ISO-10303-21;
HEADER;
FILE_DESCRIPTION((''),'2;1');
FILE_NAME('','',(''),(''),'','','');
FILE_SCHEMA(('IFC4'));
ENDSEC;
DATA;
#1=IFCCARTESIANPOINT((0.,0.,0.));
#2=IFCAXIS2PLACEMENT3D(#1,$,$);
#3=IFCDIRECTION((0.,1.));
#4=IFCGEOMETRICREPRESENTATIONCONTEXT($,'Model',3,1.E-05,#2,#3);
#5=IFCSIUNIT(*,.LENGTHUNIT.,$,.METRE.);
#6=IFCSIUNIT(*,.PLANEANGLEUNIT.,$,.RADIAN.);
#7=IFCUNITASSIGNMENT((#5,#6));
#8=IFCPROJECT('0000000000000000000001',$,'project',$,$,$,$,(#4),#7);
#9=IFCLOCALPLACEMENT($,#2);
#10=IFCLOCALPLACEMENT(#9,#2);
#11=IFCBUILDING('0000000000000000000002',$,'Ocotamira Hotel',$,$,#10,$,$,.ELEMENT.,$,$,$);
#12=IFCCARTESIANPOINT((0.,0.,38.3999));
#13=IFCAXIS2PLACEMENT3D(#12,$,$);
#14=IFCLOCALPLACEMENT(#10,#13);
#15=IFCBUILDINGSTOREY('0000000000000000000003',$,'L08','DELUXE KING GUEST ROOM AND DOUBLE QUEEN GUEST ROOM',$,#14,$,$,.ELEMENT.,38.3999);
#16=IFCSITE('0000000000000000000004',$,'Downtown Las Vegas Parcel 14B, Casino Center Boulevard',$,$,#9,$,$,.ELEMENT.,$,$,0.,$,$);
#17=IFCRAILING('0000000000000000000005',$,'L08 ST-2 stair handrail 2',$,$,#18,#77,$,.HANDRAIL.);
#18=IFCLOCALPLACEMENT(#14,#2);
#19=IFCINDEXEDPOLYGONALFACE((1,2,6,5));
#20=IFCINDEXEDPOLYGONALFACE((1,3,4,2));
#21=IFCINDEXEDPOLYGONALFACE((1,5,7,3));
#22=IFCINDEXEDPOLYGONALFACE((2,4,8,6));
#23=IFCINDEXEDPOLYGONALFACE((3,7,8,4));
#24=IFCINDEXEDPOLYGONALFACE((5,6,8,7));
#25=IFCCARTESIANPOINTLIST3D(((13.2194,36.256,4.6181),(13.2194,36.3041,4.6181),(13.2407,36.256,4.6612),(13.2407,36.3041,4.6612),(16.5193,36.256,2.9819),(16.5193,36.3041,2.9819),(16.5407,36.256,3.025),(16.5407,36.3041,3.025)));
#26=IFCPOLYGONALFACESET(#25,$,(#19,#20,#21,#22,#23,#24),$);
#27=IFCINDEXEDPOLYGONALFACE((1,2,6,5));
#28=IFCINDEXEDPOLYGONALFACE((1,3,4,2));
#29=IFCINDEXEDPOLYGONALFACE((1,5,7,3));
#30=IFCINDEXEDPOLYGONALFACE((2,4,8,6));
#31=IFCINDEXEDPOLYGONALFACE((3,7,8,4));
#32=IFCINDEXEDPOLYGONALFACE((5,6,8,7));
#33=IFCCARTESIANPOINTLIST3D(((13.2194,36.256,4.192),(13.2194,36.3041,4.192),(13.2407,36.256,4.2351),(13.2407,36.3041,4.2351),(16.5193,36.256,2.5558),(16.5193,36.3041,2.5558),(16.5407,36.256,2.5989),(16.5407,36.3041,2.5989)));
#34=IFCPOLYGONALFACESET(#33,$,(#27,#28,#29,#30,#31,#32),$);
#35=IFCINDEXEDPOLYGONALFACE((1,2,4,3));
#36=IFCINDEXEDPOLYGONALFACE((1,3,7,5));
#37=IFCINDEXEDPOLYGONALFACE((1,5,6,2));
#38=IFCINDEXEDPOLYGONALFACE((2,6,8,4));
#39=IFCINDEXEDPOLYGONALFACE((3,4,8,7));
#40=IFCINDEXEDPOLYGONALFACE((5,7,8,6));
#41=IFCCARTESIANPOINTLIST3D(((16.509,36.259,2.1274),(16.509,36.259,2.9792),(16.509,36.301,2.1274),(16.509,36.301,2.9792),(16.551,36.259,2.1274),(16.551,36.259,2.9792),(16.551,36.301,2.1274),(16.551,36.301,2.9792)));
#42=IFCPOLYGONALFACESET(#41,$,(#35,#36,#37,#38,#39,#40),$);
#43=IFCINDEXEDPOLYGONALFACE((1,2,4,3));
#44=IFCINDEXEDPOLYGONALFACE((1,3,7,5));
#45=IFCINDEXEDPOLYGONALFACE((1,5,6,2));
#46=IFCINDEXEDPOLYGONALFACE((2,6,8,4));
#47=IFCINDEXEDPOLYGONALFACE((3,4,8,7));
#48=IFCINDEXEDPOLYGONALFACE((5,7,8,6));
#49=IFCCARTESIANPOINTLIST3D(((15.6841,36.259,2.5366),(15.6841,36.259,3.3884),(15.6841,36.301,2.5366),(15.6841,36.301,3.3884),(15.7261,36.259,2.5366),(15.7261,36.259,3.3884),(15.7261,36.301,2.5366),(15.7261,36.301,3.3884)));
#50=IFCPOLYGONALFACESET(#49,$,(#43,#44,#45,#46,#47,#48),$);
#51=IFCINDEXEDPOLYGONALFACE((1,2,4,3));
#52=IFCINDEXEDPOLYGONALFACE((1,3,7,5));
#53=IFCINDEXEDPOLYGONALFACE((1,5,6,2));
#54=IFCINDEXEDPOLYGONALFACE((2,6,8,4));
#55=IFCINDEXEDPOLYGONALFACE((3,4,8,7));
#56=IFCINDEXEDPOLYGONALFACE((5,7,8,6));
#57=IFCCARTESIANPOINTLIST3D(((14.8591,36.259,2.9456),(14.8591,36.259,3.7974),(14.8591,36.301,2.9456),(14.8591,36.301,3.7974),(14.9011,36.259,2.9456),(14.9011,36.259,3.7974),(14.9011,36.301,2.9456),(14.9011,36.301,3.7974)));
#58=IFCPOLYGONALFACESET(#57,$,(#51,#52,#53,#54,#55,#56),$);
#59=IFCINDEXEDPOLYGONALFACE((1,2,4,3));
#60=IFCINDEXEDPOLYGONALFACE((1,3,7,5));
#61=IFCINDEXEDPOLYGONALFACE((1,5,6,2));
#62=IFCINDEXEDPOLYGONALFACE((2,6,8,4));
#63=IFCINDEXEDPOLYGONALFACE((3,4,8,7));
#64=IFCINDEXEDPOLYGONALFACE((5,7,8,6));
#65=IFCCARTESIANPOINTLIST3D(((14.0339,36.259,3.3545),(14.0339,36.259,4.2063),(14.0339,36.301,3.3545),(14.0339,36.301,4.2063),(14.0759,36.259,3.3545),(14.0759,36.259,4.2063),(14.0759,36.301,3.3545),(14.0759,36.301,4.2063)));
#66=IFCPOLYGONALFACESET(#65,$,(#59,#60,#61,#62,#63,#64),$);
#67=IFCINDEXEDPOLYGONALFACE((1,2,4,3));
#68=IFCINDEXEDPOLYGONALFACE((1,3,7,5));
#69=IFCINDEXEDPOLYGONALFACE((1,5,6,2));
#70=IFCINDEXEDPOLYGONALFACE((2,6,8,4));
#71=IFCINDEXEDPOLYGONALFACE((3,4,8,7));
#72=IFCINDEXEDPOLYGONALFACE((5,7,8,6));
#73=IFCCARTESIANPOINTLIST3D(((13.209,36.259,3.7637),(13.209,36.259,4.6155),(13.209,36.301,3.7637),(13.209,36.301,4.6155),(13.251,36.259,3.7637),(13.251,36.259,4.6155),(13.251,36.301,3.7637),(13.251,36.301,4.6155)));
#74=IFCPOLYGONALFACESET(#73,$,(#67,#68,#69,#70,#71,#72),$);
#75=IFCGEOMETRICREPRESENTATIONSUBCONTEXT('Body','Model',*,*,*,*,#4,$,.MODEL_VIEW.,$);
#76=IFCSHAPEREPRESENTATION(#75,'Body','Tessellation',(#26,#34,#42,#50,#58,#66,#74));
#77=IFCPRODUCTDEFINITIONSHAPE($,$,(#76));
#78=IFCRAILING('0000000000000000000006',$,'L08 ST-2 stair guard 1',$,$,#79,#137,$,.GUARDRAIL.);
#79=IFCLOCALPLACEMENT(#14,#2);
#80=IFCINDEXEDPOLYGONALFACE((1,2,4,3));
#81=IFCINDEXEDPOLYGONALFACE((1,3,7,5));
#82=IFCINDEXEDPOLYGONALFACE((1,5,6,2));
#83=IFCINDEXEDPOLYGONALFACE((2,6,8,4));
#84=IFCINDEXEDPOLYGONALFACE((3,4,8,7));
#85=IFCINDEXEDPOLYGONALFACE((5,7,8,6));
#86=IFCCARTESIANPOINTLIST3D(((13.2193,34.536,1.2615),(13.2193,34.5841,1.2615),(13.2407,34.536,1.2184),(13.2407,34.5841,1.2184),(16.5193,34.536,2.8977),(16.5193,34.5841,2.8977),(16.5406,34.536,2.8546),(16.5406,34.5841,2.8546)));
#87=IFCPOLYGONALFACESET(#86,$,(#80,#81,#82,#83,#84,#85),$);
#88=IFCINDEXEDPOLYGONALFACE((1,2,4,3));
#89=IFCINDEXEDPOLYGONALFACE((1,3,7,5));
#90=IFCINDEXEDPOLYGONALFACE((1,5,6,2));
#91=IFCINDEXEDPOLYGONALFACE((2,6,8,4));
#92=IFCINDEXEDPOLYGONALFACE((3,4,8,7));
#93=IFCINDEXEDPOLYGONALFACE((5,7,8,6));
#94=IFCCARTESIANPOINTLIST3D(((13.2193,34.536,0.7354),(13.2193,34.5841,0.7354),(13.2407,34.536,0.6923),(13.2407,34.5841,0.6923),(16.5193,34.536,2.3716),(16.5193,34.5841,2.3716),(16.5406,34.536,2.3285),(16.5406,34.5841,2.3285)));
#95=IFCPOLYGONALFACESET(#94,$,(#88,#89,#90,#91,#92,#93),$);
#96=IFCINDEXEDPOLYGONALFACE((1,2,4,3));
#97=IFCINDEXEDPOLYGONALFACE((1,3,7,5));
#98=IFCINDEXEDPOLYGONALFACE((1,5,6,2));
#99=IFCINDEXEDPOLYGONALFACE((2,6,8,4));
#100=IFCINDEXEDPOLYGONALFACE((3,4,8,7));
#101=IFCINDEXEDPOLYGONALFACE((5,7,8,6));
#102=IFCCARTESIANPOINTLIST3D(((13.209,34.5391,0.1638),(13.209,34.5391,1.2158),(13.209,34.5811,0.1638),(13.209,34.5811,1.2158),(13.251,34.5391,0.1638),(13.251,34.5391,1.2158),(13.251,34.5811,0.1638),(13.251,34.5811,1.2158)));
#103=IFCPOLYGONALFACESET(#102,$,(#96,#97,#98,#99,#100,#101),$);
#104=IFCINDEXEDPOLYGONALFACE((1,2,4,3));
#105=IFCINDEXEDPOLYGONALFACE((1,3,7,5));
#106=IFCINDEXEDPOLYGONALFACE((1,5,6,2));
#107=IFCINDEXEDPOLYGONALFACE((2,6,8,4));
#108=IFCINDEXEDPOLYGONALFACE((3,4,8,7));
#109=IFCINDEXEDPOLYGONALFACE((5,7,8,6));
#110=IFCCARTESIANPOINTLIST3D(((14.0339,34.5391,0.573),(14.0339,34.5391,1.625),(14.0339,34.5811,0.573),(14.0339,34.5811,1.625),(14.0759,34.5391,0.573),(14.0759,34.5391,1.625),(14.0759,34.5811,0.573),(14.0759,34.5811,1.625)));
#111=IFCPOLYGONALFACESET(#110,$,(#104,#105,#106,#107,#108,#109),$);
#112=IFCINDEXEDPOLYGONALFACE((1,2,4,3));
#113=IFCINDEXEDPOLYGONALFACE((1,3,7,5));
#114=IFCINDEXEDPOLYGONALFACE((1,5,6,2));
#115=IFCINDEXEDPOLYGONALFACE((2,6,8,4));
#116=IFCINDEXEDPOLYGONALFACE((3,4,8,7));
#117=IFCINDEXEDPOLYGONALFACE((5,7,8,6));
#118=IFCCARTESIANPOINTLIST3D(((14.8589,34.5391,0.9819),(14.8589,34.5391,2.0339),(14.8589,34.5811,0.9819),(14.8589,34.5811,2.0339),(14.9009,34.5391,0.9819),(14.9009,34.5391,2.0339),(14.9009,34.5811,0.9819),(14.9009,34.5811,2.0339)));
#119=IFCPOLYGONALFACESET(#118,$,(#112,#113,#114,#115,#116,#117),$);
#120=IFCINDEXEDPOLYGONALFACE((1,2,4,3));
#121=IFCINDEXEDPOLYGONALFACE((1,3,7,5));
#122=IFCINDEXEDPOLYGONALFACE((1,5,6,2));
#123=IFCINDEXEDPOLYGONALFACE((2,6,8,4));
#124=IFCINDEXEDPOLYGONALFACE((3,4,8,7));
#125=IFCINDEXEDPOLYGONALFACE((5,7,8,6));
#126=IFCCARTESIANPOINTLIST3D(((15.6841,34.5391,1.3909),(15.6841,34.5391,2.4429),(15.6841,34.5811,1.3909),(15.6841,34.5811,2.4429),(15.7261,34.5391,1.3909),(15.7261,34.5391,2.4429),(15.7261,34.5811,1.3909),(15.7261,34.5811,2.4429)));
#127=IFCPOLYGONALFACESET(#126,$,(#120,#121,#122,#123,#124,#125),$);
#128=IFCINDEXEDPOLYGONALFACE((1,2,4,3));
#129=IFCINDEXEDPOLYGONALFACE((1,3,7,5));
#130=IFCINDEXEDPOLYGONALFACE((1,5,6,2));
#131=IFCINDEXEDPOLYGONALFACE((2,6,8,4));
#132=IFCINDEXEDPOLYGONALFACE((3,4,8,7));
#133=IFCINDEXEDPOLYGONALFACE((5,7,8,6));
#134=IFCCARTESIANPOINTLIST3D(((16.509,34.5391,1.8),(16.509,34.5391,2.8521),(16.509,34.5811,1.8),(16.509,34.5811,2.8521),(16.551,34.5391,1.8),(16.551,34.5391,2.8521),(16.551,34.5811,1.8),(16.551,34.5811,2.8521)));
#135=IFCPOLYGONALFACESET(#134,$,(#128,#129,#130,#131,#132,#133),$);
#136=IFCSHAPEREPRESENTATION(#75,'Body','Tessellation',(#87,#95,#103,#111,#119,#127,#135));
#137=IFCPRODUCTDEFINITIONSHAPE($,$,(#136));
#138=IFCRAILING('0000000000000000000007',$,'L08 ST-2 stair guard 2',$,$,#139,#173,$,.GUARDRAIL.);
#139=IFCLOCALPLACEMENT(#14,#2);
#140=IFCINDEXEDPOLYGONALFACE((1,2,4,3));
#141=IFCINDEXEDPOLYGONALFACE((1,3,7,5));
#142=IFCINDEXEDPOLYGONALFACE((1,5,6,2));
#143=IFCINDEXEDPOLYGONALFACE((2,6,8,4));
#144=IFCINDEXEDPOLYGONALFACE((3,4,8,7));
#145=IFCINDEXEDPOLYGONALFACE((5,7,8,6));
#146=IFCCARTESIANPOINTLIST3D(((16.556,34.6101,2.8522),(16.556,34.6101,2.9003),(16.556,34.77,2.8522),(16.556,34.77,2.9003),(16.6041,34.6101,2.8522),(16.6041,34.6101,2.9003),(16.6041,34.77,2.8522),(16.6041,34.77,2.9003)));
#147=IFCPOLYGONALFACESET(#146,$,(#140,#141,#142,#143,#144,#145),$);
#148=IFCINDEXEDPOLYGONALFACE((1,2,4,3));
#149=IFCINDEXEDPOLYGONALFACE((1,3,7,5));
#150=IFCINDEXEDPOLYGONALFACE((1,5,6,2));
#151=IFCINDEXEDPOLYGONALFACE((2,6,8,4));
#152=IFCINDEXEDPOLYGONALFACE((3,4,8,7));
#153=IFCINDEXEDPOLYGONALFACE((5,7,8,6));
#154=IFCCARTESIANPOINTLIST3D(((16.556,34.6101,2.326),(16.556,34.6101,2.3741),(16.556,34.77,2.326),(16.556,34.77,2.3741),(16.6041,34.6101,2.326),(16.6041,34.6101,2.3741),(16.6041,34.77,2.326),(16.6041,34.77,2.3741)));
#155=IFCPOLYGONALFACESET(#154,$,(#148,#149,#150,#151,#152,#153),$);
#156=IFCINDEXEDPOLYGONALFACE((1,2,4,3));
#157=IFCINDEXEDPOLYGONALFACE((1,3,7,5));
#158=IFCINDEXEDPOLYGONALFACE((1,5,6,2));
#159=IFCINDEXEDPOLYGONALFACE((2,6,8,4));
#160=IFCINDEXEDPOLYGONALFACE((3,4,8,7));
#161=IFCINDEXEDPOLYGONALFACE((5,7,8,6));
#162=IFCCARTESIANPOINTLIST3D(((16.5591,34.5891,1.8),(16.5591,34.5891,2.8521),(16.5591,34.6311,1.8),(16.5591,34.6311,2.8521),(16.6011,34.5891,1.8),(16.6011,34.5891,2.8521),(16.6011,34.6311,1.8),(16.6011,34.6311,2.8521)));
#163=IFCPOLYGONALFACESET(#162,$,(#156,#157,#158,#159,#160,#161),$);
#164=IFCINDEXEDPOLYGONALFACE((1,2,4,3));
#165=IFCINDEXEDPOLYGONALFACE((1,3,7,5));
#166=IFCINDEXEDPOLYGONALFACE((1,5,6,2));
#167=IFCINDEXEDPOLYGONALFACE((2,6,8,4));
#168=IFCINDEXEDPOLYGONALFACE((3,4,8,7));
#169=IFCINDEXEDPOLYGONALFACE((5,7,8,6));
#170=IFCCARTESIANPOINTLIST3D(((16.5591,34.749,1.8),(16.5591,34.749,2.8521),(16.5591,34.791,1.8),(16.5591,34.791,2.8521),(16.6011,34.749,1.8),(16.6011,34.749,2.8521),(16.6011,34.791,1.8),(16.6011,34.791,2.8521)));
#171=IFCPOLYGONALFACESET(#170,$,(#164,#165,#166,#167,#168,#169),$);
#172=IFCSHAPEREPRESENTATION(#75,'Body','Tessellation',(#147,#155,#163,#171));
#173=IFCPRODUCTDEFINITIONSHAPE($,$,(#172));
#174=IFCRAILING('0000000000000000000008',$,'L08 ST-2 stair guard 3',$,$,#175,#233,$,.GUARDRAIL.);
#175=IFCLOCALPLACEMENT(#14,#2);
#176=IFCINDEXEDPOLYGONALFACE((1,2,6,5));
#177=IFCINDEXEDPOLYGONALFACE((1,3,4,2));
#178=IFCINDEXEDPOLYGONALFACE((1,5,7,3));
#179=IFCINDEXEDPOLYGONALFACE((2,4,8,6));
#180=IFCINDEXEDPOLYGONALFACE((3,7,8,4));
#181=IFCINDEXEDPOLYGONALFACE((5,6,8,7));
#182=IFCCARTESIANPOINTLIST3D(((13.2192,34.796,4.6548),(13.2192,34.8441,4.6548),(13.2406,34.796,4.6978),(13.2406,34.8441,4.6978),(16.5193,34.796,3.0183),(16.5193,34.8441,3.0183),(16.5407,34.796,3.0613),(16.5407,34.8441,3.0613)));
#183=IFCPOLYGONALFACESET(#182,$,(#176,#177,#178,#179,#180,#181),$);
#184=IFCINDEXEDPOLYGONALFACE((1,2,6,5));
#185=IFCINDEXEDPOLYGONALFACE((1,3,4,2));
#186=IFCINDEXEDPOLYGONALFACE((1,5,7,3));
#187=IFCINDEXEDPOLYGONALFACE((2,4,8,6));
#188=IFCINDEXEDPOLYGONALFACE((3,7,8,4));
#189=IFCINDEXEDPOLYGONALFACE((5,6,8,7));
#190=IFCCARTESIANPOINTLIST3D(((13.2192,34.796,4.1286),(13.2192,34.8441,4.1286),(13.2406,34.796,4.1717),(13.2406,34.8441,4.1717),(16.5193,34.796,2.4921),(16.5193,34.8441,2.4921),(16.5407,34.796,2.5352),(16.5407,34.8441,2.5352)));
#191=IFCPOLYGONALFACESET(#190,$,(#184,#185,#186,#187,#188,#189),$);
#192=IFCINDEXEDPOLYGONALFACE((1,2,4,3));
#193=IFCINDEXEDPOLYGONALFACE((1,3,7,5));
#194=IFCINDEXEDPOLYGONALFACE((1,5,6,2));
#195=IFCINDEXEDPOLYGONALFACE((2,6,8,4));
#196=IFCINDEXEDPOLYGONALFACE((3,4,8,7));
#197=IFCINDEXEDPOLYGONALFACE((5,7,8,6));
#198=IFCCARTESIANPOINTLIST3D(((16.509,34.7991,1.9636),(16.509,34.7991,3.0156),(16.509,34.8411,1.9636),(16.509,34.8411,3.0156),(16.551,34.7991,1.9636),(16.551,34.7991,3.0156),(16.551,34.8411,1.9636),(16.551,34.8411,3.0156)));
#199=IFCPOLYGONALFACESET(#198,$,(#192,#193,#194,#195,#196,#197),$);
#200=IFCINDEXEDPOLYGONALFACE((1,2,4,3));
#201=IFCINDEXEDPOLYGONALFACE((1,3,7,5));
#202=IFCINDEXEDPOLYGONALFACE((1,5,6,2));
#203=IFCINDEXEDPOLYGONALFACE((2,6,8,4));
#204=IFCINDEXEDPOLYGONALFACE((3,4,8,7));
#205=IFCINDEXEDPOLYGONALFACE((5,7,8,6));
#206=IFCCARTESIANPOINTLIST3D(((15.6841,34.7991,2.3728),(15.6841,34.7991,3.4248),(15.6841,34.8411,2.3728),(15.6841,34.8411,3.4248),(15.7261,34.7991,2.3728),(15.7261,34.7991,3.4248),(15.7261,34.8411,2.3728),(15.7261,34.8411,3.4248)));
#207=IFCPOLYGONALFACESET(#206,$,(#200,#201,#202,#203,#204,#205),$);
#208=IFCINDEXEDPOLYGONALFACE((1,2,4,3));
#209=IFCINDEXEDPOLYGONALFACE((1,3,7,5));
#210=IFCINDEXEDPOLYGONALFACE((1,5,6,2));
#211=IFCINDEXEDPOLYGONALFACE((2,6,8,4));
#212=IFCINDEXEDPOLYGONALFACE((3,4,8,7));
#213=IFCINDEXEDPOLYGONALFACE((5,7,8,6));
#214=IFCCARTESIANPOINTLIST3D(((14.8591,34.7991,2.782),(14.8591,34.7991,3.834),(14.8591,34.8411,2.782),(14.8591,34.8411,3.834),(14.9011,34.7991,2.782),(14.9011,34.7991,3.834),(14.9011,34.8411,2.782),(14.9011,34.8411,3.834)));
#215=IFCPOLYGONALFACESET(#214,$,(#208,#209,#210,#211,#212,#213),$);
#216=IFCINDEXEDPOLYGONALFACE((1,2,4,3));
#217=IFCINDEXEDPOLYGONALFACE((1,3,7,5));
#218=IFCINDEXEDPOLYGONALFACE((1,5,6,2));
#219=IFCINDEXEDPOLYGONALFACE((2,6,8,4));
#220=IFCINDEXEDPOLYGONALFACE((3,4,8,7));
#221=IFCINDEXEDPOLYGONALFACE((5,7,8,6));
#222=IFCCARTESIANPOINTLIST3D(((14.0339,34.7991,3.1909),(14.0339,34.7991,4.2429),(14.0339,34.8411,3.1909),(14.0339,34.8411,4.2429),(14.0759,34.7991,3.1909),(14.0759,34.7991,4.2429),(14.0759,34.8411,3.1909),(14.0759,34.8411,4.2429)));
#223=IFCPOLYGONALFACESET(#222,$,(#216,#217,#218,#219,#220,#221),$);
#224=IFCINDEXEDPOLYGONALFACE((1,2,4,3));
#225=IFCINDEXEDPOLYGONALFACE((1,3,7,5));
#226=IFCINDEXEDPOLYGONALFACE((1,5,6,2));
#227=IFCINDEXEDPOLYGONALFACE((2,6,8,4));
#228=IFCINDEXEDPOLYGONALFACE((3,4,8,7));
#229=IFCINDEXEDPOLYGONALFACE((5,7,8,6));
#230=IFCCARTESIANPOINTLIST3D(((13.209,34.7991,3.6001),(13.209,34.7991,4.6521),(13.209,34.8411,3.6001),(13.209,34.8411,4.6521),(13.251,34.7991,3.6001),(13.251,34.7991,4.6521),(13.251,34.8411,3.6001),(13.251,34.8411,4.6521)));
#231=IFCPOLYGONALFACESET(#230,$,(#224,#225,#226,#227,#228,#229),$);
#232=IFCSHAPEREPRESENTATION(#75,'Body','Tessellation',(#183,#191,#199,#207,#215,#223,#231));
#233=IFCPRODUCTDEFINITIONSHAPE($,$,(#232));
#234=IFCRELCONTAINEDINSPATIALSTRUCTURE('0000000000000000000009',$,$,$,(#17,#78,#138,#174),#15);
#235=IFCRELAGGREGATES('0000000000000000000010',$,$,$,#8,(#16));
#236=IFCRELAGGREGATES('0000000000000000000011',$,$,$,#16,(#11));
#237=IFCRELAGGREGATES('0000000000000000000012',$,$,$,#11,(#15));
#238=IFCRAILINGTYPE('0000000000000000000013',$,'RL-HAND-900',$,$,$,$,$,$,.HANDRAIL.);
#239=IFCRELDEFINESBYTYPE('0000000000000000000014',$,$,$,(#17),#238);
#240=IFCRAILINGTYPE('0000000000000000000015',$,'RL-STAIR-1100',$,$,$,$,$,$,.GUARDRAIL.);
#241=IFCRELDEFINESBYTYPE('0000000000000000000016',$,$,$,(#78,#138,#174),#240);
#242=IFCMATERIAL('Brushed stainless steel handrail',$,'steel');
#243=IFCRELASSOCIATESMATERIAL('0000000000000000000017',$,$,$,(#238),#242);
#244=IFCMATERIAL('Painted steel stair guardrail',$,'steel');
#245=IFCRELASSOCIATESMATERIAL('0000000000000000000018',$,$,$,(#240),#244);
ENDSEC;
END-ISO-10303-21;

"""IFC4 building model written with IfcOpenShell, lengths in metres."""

from ifc_helpers import new_model, si_unit, direction, frame, origin, origin_2d, place, context, subcontext, project, spatial, rectangle, extrude, material, type_object, element, save


model = new_model("IFC4")

# Units and contexts
model_context = context("Model", 3, precision=1e-05, world=origin(), true_north=direction((0.0, 1.0)))
body_context = subcontext(model_context, "Body", "Model", "MODEL_VIEW")
ifc_project = project(units=[si_unit("LENGTHUNIT", "METRE"), si_unit("PLANEANGLEUNIT", "RADIAN")], contexts=[model_context])

# Site, building, storey
site_placement = place(None, origin())
site = spatial("IfcSite", under=ifc_project, at=site_placement, Name="Downtown Las Vegas Parcel 14B, Casino Center Boulevard", CompositionType="ELEMENT", RefElevation=0.0)
building_placement = place(site_placement, origin())
building = spatial("IfcBuilding", under=site, at=building_placement, Name="Ocotamira Hotel", CompositionType="ELEMENT")
storey_placement = place(building_placement, frame((0.0, 0.0, 38.3999)))
storey = spatial("IfcBuildingStorey", under=building, at=storey_placement, Name="L08", Description="DELUXE KING GUEST ROOM AND DOUBLE QUEEN GUEST ROOM", CompositionType="ELEMENT", Elevation=38.3999)

# Railings
ifc_material_1 = material(Name="Brushed stainless steel handrail", Category="steel")
railing_type_1 = type_object("IfcRailingType", Name="RL-HAND-900", PredefinedType="HANDRAIL", material=ifc_material_1)
railing_1_placement = place(storey_placement, frame((16.53, 36.28, 2.1274)))
element("IfcRailing", 1, at=railing_1_placement, inside=storey, type_object=railing_type_1, Name="L08 ST-2 stair handrail 2", PredefinedType="HANDRAIL", context=body_context, shape_type="SweptSolid", body=[
    extrude(rectangle(XDim=0.0481, YDim=0.0481, at=origin_2d()), frame((0.0, 0.0, 0.876), z_axis=(-0.89592, 0.0, 0.444215), x_axis=(0.0, -1.0, 0.0)), (0.0, 0.0, 1.0), 3.6833),
    extrude(rectangle(XDim=0.0481, YDim=0.0481, at=origin_2d()), frame((0.0, 0.0, 0.45), z_axis=(-0.89592, 0.0, 0.444215), x_axis=(0.0, -1.0, 0.0)), (0.0, 0.0, 1.0), 3.6833),
    extrude(rectangle(XDim=0.042, YDim=0.042, at=origin_2d()), origin(), (0.0, 0.0, 1.0), 0.8518),
    extrude(rectangle(XDim=0.042, YDim=0.042, at=origin_2d()), frame((-0.825, 0.0, 0.4092)), (0.0, 0.0, 1.0), 0.8518),
    extrude(rectangle(XDim=0.042, YDim=0.042, at=origin_2d()), frame((-1.6499, 0.0, 0.8181)), (0.0, 0.0, 1.0), 0.8518),
    extrude(rectangle(XDim=0.042, YDim=0.042, at=origin_2d()), frame((-2.4751, 0.0, 1.2271)), (0.0, 0.0, 1.0), 0.8518),
    extrude(rectangle(XDim=0.042, YDim=0.042, at=origin_2d()), frame((-3.3, 0.0, 1.6362)), (0.0, 0.0, 1.0), 0.8518),
])
ifc_material_2 = material(Name="Painted steel stair guardrail", Category="steel")
railing_type_2 = type_object("IfcRailingType", Name="RL-STAIR-1100", PredefinedType="GUARDRAIL", material=ifc_material_2)
railing_2_placement = place(storey_placement, frame((13.23, 34.5601, 0.1638)))
element("IfcRailing", 2, at=railing_2_placement, inside=storey, type_object=railing_type_2, Name="L08 ST-2 stair guard 1", PredefinedType="GUARDRAIL", context=body_context, shape_type="SweptSolid", body=[
    extrude(rectangle(XDim=0.0481, YDim=0.0481, at=origin_2d()), frame((0.0, 0.0, 1.0762), z_axis=(0.89592, 0.0, 0.444215), x_axis=(0.0, 1.0, 0.0)), (0.0, 0.0, 1.0), 3.6833),
    extrude(rectangle(XDim=0.0481, YDim=0.0481, at=origin_2d()), frame((0.0, 0.0, 0.55), z_axis=(0.89592, 0.0, 0.444215), x_axis=(0.0, 1.0, 0.0)), (0.0, 0.0, 1.0), 3.6833),
    extrude(rectangle(XDim=0.042, YDim=0.042, at=origin_2d()), origin(), (0.0, 0.0, 1.0), 1.052),
    extrude(rectangle(XDim=0.042, YDim=0.042, at=origin_2d()), frame((0.825, 0.0, 0.4092)), (0.0, 0.0, 1.0), 1.052),
    extrude(rectangle(XDim=0.042, YDim=0.042, at=origin_2d()), frame((1.6499, 0.0, 0.8181)), (0.0, 0.0, 1.0), 1.052),
    extrude(rectangle(XDim=0.042, YDim=0.042, at=origin_2d()), frame((2.4751, 0.0, 1.2271)), (0.0, 0.0, 1.0), 1.052),
    extrude(rectangle(XDim=0.042, YDim=0.042, at=origin_2d()), frame((3.3, 0.0, 1.6362)), (0.0, 0.0, 1.0), 1.052),
])
railing_3_placement = place(storey_placement, frame((16.5801, 34.6101, 1.8)))
element("IfcRailing", 3, at=railing_3_placement, inside=storey, type_object=railing_type_2, Name="L08 ST-2 stair guard 2", PredefinedType="GUARDRAIL", context=body_context, shape_type="SweptSolid", body=[
    extrude(rectangle(XDim=0.0481, YDim=0.0481, at=origin_2d()), frame((0.0, 0.0, 1.0762), z_axis=(0.0, 1.0, 0.0), x_axis=(-1.0, 0.0, 0.0)), (0.0, 0.0, 1.0), 0.1599),
    extrude(rectangle(XDim=0.0481, YDim=0.0481, at=origin_2d()), frame((0.0, 0.0, 0.55), z_axis=(0.0, 1.0, 0.0), x_axis=(-1.0, 0.0, 0.0)), (0.0, 0.0, 1.0), 0.1599),
    extrude(rectangle(XDim=0.042, YDim=0.042, at=origin_2d()), origin(), (0.0, 0.0, 1.0), 1.052),
    extrude(rectangle(XDim=0.042, YDim=0.042, at=origin_2d()), frame((0.0, 0.1599, 0.0)), (0.0, 0.0, 1.0), 1.052),
])
railing_4_placement = place(storey_placement, frame((16.53, 34.8201, 1.9636)))
element("IfcRailing", 4, at=railing_4_placement, inside=storey, type_object=railing_type_2, Name="L08 ST-2 stair guard 3", PredefinedType="GUARDRAIL", context=body_context, shape_type="SweptSolid", body=[
    extrude(rectangle(XDim=0.0481, YDim=0.0481, at=origin_2d()), frame((0.0, 0.0, 1.0762), z_axis=(-0.895894, 0.0, 0.444268), x_axis=(0.0, -1.0, 0.0)), (0.0, 0.0, 1.0), 3.6836),
    extrude(rectangle(XDim=0.0481, YDim=0.0481, at=origin_2d()), frame((0.0, 0.0, 0.55), z_axis=(-0.895894, 0.0, 0.444268), x_axis=(0.0, -1.0, 0.0)), (0.0, 0.0, 1.0), 3.6836),
    extrude(rectangle(XDim=0.042, YDim=0.042, at=origin_2d()), origin(), (0.0, 0.0, 1.0), 1.052),
    extrude(rectangle(XDim=0.042, YDim=0.042, at=origin_2d()), frame((-0.825, 0.0, 0.4092)), (0.0, 0.0, 1.0), 1.052),
    extrude(rectangle(XDim=0.042, YDim=0.042, at=origin_2d()), frame((-1.6499, 0.0, 0.8184)), (0.0, 0.0, 1.0), 1.052),
    extrude(rectangle(XDim=0.042, YDim=0.042, at=origin_2d()), frame((-2.4751, 0.0, 1.2273)), (0.0, 0.0, 1.0), 1.052),
    extrude(rectangle(XDim=0.042, YDim=0.042, at=origin_2d()), frame((-3.3, 0.0, 1.6365)), (0.0, 0.0, 1.0), 1.052),
])

save(model, "model.ifc")
